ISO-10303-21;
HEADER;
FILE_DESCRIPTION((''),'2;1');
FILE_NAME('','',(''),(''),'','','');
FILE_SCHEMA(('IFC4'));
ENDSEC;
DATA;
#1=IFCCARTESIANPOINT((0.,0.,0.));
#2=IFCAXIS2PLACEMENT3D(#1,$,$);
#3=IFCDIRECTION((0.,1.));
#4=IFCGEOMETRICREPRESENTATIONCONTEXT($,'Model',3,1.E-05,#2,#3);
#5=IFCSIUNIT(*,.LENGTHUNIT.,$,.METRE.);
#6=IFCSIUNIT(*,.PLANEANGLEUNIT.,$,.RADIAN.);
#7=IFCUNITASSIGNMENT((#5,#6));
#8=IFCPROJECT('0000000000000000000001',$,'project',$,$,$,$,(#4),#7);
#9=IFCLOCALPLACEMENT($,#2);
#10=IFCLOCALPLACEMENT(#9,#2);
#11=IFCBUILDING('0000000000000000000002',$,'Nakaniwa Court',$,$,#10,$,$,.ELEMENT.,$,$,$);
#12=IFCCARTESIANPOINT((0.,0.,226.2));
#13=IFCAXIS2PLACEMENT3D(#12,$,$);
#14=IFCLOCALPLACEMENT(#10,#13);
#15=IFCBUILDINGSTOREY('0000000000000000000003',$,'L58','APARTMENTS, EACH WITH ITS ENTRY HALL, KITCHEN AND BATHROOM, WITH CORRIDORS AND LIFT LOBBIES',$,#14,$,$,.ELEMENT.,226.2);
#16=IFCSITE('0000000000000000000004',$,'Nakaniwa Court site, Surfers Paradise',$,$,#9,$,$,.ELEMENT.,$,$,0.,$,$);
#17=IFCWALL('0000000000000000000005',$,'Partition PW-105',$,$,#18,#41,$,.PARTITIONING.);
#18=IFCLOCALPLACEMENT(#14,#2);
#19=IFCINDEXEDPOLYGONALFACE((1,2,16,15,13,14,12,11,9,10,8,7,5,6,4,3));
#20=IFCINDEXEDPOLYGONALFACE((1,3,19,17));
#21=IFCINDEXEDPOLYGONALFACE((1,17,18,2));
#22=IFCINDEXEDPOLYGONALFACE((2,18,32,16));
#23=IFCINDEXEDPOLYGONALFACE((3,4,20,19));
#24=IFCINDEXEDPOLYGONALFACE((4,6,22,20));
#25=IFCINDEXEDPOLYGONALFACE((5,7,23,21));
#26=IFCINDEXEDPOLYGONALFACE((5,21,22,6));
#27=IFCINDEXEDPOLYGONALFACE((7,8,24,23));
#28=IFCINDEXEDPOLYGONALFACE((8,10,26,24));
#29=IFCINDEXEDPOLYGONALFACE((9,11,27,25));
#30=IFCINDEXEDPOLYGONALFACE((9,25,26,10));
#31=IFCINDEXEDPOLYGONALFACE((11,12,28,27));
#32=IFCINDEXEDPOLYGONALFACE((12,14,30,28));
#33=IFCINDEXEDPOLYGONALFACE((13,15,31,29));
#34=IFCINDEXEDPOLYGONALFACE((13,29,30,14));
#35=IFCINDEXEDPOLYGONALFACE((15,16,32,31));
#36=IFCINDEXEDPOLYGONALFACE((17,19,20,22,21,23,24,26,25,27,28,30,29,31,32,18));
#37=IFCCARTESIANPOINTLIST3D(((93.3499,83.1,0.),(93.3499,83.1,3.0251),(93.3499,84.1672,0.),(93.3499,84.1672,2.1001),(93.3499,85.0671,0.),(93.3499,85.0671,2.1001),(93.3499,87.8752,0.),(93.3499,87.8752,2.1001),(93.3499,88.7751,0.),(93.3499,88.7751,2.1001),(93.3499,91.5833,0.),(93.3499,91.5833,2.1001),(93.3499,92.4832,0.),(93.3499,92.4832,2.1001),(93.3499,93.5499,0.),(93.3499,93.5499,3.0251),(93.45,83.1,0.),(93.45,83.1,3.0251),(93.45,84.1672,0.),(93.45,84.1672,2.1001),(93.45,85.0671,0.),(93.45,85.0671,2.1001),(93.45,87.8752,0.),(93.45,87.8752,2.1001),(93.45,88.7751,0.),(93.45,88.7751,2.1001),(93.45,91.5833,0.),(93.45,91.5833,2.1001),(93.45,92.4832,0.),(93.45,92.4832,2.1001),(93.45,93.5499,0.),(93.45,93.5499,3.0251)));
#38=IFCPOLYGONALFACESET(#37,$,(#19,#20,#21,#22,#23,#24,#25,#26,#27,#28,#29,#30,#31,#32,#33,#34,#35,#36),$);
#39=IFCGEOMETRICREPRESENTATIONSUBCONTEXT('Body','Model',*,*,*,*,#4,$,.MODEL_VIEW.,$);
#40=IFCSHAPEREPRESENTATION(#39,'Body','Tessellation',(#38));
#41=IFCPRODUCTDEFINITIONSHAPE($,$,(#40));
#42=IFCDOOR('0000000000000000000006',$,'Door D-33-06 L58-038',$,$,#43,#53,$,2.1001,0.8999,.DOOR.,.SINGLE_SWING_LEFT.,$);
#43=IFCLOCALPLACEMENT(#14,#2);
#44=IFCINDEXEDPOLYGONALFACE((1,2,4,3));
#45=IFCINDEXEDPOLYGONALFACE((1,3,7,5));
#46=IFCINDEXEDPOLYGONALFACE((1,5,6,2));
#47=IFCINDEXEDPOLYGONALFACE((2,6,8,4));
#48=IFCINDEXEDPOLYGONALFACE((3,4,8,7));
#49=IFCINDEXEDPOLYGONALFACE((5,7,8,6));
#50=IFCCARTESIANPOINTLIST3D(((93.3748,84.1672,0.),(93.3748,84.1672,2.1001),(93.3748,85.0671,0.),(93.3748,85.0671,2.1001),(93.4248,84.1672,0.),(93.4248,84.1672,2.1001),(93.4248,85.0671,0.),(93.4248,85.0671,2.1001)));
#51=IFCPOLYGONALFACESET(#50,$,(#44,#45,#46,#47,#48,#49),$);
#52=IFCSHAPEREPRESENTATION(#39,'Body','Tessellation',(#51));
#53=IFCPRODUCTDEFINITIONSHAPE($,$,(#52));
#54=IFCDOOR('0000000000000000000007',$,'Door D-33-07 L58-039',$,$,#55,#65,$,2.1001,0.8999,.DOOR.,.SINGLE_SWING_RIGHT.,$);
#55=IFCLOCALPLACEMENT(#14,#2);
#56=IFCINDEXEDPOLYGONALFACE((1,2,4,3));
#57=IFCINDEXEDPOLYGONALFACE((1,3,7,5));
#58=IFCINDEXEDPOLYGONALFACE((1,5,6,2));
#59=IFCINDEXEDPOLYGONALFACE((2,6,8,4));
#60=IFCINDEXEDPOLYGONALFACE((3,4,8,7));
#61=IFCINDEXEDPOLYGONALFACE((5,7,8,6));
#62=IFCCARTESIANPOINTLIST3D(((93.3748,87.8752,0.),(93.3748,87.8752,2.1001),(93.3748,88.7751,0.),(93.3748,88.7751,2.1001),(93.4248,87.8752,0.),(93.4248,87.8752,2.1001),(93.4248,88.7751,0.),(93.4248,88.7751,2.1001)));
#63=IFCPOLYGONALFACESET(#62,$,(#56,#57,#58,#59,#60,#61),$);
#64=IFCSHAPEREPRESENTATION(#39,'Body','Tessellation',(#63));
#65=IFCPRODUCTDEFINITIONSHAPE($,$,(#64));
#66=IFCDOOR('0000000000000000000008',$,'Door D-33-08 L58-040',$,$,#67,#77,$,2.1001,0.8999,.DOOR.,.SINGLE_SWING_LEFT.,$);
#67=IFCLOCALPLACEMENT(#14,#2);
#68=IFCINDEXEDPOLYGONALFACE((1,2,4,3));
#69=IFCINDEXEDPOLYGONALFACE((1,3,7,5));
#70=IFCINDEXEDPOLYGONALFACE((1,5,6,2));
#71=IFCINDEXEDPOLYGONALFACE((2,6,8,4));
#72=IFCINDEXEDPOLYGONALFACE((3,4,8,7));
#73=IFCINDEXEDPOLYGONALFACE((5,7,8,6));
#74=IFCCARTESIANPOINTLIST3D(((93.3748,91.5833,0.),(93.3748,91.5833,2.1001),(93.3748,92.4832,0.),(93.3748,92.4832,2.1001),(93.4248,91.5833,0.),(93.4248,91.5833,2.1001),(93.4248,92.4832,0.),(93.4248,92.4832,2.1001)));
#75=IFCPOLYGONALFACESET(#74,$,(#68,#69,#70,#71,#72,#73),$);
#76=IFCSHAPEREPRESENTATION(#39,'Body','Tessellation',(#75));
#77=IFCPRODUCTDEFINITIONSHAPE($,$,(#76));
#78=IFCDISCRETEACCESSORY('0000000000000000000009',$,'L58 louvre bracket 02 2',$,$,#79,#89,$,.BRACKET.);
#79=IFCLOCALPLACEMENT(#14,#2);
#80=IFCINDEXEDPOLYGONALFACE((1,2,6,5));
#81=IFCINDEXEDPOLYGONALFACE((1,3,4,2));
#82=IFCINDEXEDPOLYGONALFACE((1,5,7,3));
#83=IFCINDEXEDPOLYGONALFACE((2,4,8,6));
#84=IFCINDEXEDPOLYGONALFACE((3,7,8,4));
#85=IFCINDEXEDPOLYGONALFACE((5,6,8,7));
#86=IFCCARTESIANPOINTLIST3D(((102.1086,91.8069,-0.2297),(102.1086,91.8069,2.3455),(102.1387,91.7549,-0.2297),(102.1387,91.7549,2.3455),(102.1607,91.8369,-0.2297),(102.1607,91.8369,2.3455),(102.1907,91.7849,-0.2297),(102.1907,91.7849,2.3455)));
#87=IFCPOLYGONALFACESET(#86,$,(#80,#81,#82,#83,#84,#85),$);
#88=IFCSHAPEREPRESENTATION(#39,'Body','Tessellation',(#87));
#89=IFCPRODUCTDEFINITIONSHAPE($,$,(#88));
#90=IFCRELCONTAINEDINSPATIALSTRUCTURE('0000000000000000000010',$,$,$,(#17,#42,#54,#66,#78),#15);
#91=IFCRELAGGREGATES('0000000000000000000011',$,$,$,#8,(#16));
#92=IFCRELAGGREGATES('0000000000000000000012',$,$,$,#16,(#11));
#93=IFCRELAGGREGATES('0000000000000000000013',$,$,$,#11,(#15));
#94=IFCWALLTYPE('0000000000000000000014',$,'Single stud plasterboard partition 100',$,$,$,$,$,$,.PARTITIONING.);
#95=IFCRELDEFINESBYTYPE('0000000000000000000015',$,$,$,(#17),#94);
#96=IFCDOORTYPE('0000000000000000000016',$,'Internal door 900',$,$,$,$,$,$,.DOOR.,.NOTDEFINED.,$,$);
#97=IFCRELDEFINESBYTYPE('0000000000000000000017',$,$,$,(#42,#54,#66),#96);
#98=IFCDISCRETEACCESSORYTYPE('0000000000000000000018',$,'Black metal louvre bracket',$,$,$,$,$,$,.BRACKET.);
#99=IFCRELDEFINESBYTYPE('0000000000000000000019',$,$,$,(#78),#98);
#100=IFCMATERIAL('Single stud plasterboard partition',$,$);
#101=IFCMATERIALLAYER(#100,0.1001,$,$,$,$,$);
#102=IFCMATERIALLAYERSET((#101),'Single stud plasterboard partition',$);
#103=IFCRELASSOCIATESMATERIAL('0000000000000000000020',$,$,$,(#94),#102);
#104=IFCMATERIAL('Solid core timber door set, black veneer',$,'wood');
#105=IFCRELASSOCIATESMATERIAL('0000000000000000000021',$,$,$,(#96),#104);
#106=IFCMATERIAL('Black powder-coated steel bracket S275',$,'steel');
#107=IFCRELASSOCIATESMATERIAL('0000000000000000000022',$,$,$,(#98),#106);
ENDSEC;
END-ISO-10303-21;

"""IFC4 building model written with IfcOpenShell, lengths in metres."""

from ifc_helpers import new_model, si_unit, direction, frame, frame_2d, origin, origin_2d, place, context, subcontext, project, spatial, rectangle, extrude, material, layer, layer_set, type_object, element, fill, save


model = new_model("IFC4")

# Units and contexts
model_context = context("Model", 3, precision=1e-05, world=origin(), true_north=direction((0.0, 1.0)))
body_context = subcontext(model_context, "Body", "Model", "MODEL_VIEW")
ifc_project = project(units=[si_unit("LENGTHUNIT", "METRE"), si_unit("PLANEANGLEUNIT", "RADIAN")], contexts=[model_context])

# Site, building, storey
site_placement = place(None, origin())
site = spatial("IfcSite", under=ifc_project, at=site_placement, Name="Nakaniwa Court site, Surfers Paradise", CompositionType="ELEMENT", RefElevation=0.0)
building_placement = place(site_placement, origin())
building = spatial("IfcBuilding", under=site, at=building_placement, Name="Nakaniwa Court", CompositionType="ELEMENT")
storey_placement = place(building_placement, frame((0.0, 0.0, 226.2)))
storey = spatial("IfcBuildingStorey", under=building, at=storey_placement, Name="L58", Description="APARTMENTS, EACH WITH ITS ENTRY HALL, KITCHEN AND BATHROOM, WITH CORRIDORS AND LIFT LOBBIES", CompositionType="ELEMENT", Elevation=226.2)

# Shared definitions
ifc_material_1 = material(Name="Solid core timber door set, black veneer", Category="wood")

# Wall, openings, doors
ifc_material_2 = material(Name="Single stud plasterboard partition")
ifc_layer_1 = layer(ifc_material_2, 0.1001)
ifc_layer_set_1 = layer_set([ifc_layer_1], Name="Single stud plasterboard partition")
wall_type_1 = type_object("IfcWallType", Name="Single stud plasterboard partition 100", PredefinedType="PARTITIONING", material=ifc_layer_set_1)
wall_1_placement = place(storey_placement, frame((93.3999, 93.55, 0.0), z_axis=(0.0, 0.0, 1.0), x_axis=(0.0, -1.0, 0.0)))
wall_1 = element("IfcWall", 1, at=wall_1_placement, inside=storey, type_object=wall_type_1, Name="Partition PW-105", PredefinedType="PARTITIONING", context=body_context, shape_type="SweptSolid", body=[
    extrude(rectangle(XDim=10.45, YDim=0.1001, at=frame_2d((5.2251, 0.0))), origin(), (0.0, 0.0, 1.0), 3.0251),
])
opening_1_placement = place(wall_1_placement, frame((8.4829, 0.0, 0.0)))
opening_1 = element("IfcOpeningElement", 2, at=opening_1_placement, cuts=wall_1, PredefinedType="OPENING", context=body_context, shape_type="SweptSolid", body=[
    extrude(rectangle(XDim=0.8999, YDim=2.1001, at=frame_2d((0.45, 1.05))), frame((0.0, 0.0601, 0.0), z_axis=(0.0, -1.0, 0.0), x_axis=(1.0, 0.0, 0.0)), (0.0, 0.0, 1.0), 0.1201),
])
opening_2_placement = place(wall_1_placement, frame((4.7749, 0.0, 0.0)))
opening_2 = element("IfcOpeningElement", 3, at=opening_2_placement, cuts=wall_1, PredefinedType="OPENING", context=body_context, shape_type="SweptSolid", body=[
    extrude(rectangle(XDim=0.8999, YDim=2.1001, at=frame_2d((0.45, 1.05))), frame((0.0, 0.0601, 0.0), z_axis=(0.0, -1.0, 0.0), x_axis=(1.0, 0.0, 0.0)), (0.0, 0.0, 1.0), 0.1201),
])
opening_3_placement = place(wall_1_placement, frame((1.0669, 0.0, 0.0)))
opening_3 = element("IfcOpeningElement", 4, at=opening_3_placement, cuts=wall_1, PredefinedType="OPENING", context=body_context, shape_type="SweptSolid", body=[
    extrude(rectangle(XDim=0.8999, YDim=2.1001, at=frame_2d((0.45, 1.05))), frame((0.0, 0.0601, 0.0), z_axis=(0.0, -1.0, 0.0), x_axis=(1.0, 0.0, 0.0)), (0.0, 0.0, 1.0), 0.1201),
])
door_type_1 = type_object("IfcDoorType", Name="Internal door 900", OperationType="NOTDEFINED", PredefinedType="DOOR", material=ifc_material_1)
door_1_placement = place(opening_1_placement, origin())
door_1 = element("IfcDoor", 5, at=door_1_placement, inside=storey, type_object=door_type_1, Name="Door D-33-06 L58-038", OperationType="SINGLE_SWING_LEFT", OverallHeight=2.1001, OverallWidth=0.8999, PredefinedType="DOOR", context=body_context, shape_type="SweptSolid", body=[
    extrude(rectangle(XDim=0.8999, YDim=2.1001, at=frame_2d((0.45, 1.05))), frame((0.0, 0.0249, 0.0), z_axis=(0.0, -1.0, 0.0), x_axis=(1.0, 0.0, 0.0)), (0.0, 0.0, 1.0), 0.05),
])
fill(opening_1, door_1)
door_2_placement = place(opening_2_placement, origin())
door_2 = element("IfcDoor", 6, at=door_2_placement, inside=storey, type_object=door_type_1, Name="Door D-33-07 L58-039", OperationType="SINGLE_SWING_RIGHT", OverallHeight=2.1001, OverallWidth=0.8999, PredefinedType="DOOR", context=body_context, shape_type="SweptSolid", body=[
    extrude(rectangle(XDim=0.8999, YDim=2.1001, at=frame_2d((0.45, 1.05))), frame((0.0, 0.0249, 0.0), z_axis=(0.0, -1.0, 0.0), x_axis=(1.0, 0.0, 0.0)), (0.0, 0.0, 1.0), 0.05),
])
fill(opening_2, door_2)
door_3_placement = place(opening_3_placement, origin())
door_3 = element("IfcDoor", 7, at=door_3_placement, inside=storey, type_object=door_type_1, Name="Door D-33-08 L58-040", OperationType="SINGLE_SWING_LEFT", OverallHeight=2.1001, OverallWidth=0.8999, PredefinedType="DOOR", context=body_context, shape_type="SweptSolid", body=[
    extrude(rectangle(XDim=0.8999, YDim=2.1001, at=frame_2d((0.45, 1.05))), frame((0.0, 0.0249, 0.0), z_axis=(0.0, -1.0, 0.0), x_axis=(1.0, 0.0, 0.0)), (0.0, 0.0, 1.0), 0.05),
])
fill(opening_3, door_3)

# Discrete accessory
ifc_material_3 = material(Name="Black powder-coated steel bracket S275", Category="steel")
discrete_accessory_type = type_object("IfcDiscreteAccessoryType", Name="Black metal louvre bracket", PredefinedType="BRACKET", material=ifc_material_3)
discrete_accessory_placement = place(storey_placement, frame((102.1497, 91.7959, -0.2297), z_axis=(0.0, 0.0, 1.0), x_axis=(-0.499986, 0.866033, 0.0)))
element("IfcDiscreteAccessory", 8, at=discrete_accessory_placement, inside=storey, type_object=discrete_accessory_type, Name="L58 louvre bracket 02 2", PredefinedType="BRACKET", context=body_context, shape_type="SweptSolid", body=[
    extrude(rectangle(XDim=0.0601, YDim=0.0601, at=origin_2d()), origin(), (0.0, 0.0, 1.0), 2.5752),
])

save(model, "model.ifc")
